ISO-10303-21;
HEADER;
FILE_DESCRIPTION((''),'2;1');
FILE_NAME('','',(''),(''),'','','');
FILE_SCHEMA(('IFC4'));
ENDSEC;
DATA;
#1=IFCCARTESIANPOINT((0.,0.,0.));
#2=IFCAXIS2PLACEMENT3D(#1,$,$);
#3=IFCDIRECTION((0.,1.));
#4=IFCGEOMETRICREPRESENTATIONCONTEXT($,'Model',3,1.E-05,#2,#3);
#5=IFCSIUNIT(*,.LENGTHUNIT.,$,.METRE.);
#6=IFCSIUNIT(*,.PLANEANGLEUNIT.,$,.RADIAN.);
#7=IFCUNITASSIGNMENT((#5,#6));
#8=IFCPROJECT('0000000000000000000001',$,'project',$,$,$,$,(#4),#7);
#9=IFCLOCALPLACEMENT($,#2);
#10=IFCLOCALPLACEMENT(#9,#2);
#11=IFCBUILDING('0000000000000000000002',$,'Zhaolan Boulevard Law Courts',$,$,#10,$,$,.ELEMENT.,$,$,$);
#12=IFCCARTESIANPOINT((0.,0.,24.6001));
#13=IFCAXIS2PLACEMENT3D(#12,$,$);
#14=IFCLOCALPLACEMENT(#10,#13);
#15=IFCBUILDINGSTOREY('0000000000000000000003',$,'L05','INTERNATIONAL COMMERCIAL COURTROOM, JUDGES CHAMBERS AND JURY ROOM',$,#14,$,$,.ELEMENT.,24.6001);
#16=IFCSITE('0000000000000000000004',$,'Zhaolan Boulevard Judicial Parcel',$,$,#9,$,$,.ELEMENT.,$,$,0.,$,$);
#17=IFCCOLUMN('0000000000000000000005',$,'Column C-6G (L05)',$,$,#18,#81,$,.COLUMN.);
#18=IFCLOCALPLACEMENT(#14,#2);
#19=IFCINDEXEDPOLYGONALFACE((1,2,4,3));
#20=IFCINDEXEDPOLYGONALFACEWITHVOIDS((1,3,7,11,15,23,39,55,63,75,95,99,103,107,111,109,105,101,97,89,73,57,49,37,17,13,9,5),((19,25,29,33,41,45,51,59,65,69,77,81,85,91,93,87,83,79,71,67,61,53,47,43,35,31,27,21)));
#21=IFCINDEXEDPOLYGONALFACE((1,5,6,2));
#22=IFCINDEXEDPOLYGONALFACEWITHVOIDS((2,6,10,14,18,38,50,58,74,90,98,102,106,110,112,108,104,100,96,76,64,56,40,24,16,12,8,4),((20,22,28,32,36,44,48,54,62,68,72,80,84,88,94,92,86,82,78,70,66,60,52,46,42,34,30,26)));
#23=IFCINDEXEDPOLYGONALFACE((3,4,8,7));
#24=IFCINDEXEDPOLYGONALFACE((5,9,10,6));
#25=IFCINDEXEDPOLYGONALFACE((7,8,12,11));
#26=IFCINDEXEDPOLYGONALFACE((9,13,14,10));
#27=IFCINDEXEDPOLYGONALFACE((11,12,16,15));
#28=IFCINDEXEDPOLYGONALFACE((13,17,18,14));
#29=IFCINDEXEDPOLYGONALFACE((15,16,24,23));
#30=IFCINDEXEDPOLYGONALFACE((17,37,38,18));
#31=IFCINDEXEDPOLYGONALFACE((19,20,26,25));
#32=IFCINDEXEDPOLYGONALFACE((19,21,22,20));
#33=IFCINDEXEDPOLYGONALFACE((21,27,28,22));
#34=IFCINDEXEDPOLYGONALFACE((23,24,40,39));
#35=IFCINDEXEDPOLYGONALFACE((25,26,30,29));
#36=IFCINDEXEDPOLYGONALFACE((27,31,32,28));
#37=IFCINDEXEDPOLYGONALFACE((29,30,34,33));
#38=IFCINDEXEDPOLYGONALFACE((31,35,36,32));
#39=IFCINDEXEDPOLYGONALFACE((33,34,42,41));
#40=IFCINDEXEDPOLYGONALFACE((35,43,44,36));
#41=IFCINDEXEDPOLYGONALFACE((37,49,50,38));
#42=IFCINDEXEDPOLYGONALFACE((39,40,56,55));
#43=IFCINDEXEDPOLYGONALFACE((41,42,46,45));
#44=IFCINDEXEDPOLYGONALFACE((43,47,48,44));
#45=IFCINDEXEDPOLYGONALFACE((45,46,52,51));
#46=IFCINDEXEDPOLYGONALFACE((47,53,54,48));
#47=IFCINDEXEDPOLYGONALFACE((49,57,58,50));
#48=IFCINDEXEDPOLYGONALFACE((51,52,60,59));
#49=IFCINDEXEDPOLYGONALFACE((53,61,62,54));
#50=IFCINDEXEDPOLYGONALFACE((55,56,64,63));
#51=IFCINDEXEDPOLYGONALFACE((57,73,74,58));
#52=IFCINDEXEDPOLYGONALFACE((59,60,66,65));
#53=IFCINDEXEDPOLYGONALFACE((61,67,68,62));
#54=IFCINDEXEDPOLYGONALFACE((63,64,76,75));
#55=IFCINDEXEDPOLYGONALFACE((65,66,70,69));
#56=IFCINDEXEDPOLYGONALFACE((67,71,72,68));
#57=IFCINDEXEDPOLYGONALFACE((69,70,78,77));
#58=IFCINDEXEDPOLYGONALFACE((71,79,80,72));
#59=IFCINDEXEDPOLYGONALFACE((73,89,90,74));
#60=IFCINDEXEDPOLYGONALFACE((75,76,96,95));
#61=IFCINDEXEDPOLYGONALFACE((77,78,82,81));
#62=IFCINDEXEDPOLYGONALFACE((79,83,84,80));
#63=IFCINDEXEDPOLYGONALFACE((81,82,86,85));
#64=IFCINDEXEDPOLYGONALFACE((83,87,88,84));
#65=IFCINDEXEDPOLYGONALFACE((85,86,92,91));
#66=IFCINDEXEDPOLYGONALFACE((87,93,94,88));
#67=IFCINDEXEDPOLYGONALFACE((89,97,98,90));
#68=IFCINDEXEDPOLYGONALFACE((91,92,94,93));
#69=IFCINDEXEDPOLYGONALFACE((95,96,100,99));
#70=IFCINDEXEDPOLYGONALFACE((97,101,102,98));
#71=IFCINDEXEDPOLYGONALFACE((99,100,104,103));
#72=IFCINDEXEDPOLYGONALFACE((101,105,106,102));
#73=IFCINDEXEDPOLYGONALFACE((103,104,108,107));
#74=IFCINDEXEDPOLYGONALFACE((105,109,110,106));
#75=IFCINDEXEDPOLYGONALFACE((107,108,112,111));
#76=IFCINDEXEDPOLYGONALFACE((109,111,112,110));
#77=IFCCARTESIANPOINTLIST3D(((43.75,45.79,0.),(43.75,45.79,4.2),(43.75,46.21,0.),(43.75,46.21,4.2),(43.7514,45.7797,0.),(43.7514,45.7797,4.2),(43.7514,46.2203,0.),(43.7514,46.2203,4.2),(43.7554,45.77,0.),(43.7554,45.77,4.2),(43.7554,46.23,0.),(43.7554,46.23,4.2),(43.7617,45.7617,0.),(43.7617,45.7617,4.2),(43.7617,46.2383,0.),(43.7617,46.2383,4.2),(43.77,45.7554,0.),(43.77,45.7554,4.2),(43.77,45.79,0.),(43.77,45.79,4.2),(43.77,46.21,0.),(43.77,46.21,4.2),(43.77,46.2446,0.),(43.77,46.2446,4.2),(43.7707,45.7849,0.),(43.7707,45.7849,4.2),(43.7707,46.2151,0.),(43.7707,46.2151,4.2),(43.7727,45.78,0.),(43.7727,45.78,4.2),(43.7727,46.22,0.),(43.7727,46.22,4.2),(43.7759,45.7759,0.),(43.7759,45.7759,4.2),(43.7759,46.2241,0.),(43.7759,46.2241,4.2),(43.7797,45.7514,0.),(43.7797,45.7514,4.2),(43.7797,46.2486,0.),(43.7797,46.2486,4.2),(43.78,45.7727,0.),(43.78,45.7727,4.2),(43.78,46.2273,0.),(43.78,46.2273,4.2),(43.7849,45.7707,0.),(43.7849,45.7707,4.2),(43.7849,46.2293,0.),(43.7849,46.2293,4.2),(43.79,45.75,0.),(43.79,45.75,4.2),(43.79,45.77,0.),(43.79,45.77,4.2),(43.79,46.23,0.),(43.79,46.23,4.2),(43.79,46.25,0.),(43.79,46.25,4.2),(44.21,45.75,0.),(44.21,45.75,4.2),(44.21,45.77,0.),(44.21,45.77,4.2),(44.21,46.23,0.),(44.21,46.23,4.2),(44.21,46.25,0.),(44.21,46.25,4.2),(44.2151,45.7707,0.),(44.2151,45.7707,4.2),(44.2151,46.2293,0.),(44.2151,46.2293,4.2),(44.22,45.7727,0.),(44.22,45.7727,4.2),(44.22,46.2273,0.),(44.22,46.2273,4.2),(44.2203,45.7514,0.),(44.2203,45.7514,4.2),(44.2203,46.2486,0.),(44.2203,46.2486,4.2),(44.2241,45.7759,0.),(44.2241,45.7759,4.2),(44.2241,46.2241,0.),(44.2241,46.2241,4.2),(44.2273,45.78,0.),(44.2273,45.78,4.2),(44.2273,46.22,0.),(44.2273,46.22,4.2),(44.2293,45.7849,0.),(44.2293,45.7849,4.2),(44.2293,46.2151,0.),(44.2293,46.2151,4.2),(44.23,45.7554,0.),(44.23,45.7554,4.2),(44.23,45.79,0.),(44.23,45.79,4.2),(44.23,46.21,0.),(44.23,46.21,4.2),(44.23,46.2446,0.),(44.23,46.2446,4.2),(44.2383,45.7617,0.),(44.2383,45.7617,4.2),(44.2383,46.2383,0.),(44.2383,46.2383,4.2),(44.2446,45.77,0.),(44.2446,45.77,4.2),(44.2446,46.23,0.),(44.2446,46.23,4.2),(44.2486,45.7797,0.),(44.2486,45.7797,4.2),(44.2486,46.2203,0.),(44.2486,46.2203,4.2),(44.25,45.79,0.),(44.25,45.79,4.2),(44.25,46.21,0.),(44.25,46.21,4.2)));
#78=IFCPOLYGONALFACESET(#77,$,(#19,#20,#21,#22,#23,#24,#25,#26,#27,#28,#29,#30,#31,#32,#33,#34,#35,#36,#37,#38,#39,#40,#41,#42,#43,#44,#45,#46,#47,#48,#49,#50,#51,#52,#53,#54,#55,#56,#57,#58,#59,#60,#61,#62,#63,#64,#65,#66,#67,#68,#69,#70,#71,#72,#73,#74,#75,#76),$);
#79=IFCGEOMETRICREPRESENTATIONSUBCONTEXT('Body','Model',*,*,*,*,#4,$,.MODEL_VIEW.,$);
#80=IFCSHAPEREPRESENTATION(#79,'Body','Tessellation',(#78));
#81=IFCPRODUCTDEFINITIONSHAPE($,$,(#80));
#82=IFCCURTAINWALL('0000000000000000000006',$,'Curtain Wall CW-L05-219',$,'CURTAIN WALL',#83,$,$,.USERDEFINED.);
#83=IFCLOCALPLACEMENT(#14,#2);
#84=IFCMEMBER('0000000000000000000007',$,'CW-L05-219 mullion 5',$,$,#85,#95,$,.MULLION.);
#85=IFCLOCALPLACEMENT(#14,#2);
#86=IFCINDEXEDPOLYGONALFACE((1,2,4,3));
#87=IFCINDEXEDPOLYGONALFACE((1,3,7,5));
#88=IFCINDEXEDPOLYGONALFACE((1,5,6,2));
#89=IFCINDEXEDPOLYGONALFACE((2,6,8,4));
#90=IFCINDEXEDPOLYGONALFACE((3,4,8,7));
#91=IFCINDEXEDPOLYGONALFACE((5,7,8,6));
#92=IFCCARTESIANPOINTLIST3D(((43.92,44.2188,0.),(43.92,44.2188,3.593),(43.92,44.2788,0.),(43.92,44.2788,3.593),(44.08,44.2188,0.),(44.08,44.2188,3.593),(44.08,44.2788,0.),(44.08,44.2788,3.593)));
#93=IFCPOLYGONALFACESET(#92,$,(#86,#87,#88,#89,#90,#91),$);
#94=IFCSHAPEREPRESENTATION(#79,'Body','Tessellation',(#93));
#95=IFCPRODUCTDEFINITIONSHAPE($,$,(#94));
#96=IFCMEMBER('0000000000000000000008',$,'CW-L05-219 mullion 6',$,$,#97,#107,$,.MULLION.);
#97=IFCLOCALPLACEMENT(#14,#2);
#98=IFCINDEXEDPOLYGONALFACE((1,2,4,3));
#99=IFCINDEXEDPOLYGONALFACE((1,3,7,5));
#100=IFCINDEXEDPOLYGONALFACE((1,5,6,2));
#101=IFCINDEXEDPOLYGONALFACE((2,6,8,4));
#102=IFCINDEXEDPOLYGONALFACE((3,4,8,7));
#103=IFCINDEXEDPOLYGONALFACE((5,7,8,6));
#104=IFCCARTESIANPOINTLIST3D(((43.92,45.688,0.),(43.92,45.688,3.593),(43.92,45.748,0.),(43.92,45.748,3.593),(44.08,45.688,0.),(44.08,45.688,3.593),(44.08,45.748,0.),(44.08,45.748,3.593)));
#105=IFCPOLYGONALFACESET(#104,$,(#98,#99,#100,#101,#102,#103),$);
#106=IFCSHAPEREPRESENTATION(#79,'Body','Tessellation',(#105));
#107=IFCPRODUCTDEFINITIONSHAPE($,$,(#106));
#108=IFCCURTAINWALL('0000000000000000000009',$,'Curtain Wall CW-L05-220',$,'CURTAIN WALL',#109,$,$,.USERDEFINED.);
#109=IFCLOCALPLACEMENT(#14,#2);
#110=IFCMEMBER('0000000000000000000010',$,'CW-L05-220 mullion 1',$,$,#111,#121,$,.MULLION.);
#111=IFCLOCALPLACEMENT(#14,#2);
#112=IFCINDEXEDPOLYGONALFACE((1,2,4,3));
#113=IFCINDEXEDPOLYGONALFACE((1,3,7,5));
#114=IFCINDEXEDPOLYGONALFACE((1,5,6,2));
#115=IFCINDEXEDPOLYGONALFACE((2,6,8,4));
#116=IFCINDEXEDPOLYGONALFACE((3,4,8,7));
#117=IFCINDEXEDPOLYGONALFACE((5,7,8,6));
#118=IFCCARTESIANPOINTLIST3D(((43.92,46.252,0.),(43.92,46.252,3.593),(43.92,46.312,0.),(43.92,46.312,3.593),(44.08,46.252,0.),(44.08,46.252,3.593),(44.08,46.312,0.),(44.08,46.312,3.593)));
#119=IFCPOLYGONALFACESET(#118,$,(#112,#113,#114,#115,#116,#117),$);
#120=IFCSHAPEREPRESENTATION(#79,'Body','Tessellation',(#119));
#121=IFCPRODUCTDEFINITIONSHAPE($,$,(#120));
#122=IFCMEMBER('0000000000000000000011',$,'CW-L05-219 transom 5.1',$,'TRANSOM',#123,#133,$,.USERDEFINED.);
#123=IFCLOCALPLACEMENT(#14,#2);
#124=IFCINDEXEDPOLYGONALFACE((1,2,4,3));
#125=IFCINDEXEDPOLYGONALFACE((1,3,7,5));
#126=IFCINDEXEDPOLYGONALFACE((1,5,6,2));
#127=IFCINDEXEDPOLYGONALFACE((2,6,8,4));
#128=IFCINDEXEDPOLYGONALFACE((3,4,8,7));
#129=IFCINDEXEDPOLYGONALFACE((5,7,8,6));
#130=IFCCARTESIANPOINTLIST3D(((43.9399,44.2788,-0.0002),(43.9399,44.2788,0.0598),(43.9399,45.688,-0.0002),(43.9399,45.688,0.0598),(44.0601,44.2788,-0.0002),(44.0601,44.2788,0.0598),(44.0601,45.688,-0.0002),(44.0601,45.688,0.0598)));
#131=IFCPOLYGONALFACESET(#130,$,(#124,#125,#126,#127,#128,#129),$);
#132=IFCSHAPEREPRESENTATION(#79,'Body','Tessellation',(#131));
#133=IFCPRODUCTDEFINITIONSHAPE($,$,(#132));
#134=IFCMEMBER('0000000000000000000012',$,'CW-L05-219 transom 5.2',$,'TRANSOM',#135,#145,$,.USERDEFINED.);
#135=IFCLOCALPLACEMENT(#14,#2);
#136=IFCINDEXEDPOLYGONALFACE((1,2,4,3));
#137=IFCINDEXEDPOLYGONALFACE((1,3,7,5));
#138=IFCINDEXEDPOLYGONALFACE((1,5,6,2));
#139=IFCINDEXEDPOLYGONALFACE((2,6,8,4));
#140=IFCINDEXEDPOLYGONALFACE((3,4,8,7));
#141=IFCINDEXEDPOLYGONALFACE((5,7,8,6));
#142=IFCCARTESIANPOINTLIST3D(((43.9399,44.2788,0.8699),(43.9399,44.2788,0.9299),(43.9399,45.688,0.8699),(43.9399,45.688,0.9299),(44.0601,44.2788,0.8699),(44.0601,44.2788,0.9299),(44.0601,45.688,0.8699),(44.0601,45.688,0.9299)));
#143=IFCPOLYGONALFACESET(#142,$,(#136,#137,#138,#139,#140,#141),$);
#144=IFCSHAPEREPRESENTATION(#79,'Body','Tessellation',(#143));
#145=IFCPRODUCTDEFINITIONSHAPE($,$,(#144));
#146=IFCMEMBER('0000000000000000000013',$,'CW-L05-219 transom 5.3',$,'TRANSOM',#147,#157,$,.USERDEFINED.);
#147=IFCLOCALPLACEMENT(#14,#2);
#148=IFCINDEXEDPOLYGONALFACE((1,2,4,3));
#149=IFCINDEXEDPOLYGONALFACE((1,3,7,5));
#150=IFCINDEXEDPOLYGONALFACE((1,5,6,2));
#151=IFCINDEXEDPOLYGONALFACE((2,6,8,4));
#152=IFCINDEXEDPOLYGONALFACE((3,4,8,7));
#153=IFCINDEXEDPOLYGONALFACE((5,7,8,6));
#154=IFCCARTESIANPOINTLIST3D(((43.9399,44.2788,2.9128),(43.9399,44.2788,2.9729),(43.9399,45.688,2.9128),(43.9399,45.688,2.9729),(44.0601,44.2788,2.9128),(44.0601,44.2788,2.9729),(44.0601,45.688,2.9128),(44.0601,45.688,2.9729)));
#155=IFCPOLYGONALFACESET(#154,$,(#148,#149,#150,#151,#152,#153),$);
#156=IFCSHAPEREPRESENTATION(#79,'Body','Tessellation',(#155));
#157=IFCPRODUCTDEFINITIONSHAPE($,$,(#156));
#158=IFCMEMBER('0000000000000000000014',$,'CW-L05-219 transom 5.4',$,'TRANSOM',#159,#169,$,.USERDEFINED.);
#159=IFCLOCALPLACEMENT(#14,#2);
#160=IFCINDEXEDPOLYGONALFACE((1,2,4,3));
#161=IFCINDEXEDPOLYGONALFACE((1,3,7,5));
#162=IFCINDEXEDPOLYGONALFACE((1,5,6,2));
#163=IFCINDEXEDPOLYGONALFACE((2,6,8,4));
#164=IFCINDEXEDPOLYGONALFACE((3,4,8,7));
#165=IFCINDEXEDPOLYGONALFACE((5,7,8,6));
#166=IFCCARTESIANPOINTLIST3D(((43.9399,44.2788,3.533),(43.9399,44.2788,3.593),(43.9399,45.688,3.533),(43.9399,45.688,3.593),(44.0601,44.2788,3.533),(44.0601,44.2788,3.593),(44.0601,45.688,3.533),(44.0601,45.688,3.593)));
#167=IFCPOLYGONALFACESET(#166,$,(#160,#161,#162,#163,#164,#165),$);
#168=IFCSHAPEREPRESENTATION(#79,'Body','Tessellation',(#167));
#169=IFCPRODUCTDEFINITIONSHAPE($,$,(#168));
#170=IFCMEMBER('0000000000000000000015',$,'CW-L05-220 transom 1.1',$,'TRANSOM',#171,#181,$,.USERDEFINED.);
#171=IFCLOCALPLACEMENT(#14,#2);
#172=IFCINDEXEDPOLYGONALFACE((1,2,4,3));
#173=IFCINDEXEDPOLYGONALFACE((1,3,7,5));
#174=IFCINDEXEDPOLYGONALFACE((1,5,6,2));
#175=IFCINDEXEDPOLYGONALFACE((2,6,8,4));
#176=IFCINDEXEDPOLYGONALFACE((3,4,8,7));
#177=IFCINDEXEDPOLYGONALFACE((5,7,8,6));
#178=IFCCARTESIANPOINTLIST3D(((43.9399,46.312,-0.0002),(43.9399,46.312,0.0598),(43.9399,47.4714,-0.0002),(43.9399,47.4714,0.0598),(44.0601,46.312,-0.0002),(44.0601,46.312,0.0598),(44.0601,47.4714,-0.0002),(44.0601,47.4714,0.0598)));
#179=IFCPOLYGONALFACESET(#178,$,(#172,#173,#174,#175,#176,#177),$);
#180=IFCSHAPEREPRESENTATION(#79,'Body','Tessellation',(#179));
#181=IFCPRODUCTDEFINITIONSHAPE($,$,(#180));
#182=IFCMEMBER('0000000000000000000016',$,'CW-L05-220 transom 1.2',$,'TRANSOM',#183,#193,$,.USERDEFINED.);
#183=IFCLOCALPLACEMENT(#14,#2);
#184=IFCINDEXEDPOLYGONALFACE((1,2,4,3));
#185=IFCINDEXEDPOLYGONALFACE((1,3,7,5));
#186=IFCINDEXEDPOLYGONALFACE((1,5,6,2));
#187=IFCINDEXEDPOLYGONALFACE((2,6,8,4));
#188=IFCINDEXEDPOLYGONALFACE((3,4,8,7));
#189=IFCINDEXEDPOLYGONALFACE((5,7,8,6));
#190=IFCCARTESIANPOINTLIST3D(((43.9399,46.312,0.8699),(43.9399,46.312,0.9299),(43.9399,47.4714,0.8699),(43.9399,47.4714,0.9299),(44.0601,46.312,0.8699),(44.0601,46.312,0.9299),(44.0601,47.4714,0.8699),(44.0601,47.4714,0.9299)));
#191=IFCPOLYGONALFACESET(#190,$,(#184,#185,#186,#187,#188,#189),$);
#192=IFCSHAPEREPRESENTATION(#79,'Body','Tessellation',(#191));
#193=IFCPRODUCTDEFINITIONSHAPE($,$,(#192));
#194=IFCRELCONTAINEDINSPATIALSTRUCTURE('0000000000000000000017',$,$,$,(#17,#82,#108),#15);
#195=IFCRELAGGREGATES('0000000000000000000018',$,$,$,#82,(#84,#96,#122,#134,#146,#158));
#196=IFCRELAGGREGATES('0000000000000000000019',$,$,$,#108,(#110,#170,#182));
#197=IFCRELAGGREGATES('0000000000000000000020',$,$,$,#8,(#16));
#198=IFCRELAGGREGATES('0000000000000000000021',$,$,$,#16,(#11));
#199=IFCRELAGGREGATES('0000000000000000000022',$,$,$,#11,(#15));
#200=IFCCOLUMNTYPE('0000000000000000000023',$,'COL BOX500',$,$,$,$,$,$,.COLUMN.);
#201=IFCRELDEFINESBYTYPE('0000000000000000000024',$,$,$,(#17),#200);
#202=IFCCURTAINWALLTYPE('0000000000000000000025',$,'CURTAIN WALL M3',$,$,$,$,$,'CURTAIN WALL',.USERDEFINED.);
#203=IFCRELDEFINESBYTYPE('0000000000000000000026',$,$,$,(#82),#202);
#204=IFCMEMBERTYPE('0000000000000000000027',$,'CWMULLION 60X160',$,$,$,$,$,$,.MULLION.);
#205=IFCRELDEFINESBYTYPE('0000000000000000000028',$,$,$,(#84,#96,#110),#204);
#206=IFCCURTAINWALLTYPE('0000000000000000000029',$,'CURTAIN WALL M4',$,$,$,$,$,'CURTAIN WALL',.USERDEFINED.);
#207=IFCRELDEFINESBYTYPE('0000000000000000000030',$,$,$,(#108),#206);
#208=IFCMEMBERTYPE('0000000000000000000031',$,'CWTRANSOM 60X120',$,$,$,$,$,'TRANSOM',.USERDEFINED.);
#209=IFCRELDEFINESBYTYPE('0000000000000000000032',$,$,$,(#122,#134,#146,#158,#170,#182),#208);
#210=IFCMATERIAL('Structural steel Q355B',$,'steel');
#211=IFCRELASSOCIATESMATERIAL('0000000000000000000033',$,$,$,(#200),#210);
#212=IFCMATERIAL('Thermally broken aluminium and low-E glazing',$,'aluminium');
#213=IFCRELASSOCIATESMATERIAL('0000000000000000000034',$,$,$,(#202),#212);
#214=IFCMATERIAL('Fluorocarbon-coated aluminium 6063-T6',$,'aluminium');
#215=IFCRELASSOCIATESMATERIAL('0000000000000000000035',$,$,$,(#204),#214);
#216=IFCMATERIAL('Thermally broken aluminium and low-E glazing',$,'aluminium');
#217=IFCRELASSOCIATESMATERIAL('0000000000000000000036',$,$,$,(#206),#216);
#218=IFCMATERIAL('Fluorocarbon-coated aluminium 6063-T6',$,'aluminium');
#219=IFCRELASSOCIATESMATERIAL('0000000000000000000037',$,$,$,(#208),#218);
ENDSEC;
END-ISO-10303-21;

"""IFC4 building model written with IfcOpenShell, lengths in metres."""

from ifc_helpers import new_model, si_unit, direction, frame, origin, origin_2d, place, context, subcontext, project, spatial, rectangle, hollow_rectangle, extrude, material, material_profile, profile_set, type_object, element, aggregate, save


model = new_model("IFC4")

# Units and contexts
model_context = context("Model", 3, precision=1e-05, world=origin(), true_north=direction((0.0, 1.0)))
body_context = subcontext(model_context, "Body", "Model", "MODEL_VIEW")
ifc_project = project(units=[si_unit("LENGTHUNIT", "METRE"), si_unit("PLANEANGLEUNIT", "RADIAN")], contexts=[model_context])

# Site, building, storey
site_placement = place(None, origin())
site = spatial("IfcSite", under=ifc_project, at=site_placement, Name="Zhaolan Boulevard Judicial Parcel", CompositionType="ELEMENT", RefElevation=0.0)
building_placement = place(site_placement, origin())
building = spatial("IfcBuilding", under=site, at=building_placement, Name="Zhaolan Boulevard Law Courts", CompositionType="ELEMENT")
storey_placement = place(building_placement, frame((0.0, 0.0, 24.6001)))
storey = spatial("IfcBuildingStorey", under=building, at=storey_placement, Name="L05", Description="INTERNATIONAL COMMERCIAL COURTROOM, JUDGES CHAMBERS AND JURY ROOM", CompositionType="ELEMENT", Elevation=24.6001)

# Column
ifc_material_1 = material(Name="Structural steel Q355B", Category="steel")
ifc_material_profile_1 = material_profile(ifc_material_1, hollow_rectangle(XDim=0.5, YDim=0.5, WallThickness=0.02, InnerFilletRadius=0.02, OuterFilletRadius=0.04, at=origin_2d()), Name="BOX500x500x20")
ifc_profile_set_1 = profile_set([ifc_material_profile_1], Name="Structural steel Q355B")
column_type = type_object("IfcColumnType", Name="COL BOX500", PredefinedType="COLUMN", material=ifc_profile_set_1)
column_placement = place(storey_placement, frame((44.0, 46.0, 0.0), z_axis=(0.0, 0.0, 1.0), x_axis=(1.0, 0.0, 0.0)))
element("IfcColumn", 1, at=column_placement, inside=storey, type_object=column_type, Name="Column C-6G (L05)", PredefinedType="COLUMN", context=body_context, shape_type="SweptSolid", body=[
    extrude(hollow_rectangle(XDim=0.5, YDim=0.5, WallThickness=0.02, InnerFilletRadius=0.02, OuterFilletRadius=0.04, at=origin_2d()), origin(), (0.0, 0.0, 1.0), 4.2),
])

# Curtain wall, members
ifc_material_2 = material(Name="Thermally broken aluminium and low-E glazing", Category="aluminium")
curtain_wall_type_1 = type_object("IfcCurtainWallType", Name="CURTAIN WALL M3", ElementType="CURTAIN WALL", PredefinedType="USERDEFINED", material=ifc_material_2)
curtain_wall_1_placement = place(storey_placement, origin())
curtain_wall_1 = element("IfcCurtainWall", 2, at=curtain_wall_1_placement, inside=storey, type_object=curtain_wall_type_1, Name="Curtain Wall CW-L05-219", ObjectType="CURTAIN WALL", PredefinedType="USERDEFINED")
ifc_material_3 = material(Name="Fluorocarbon-coated aluminium 6063-T6", Category="aluminium")
ifc_material_profile_2 = material_profile(ifc_material_3, rectangle(XDim=0.1599, YDim=0.0601, at=origin_2d()), Name="AL60x160")
ifc_profile_set_2 = profile_set([ifc_material_profile_2], Name="Fluorocarbon-coated aluminium 6063-T6")
member_type_1 = type_object("IfcMemberType", Name="CWMULLION 60X160", PredefinedType="MULLION", material=ifc_profile_set_2)
member_1_placement = place(storey_placement, frame((44.0, 44.2488, 0.0), z_axis=(0.0, 0.0, 1.0), x_axis=(-1.0, 0.0, 0.0)))
member_1 = element("IfcMember", 3, at=member_1_placement, type_object=member_type_1, Name="CW-L05-219 mullion 5", PredefinedType="MULLION", context=body_context, shape_type="SweptSolid", body=[
    extrude(rectangle(XDim=0.1599, YDim=0.0601, at=origin_2d()), origin(), (0.0, 0.0, 1.0), 3.593),
])
member_2_placement = place(storey_placement, frame((44.0, 45.718, 0.0), z_axis=(0.0, 0.0, 1.0), x_axis=(-1.0, 0.0, 0.0)))
member_2 = element("IfcMember", 4, at=member_2_placement, type_object=member_type_1, Name="CW-L05-219 mullion 6", PredefinedType="MULLION", context=body_context, shape_type="SweptSolid", body=[
    extrude(rectangle(XDim=0.1599, YDim=0.0601, at=origin_2d()), origin(), (0.0, 0.0, 1.0), 3.593),
])

# Curtain wall, member
ifc_material_4 = material(Name="Thermally broken aluminium and low-E glazing", Category="aluminium")
curtain_wall_type_2 = type_object("IfcCurtainWallType", Name="CURTAIN WALL M4", ElementType="CURTAIN WALL", PredefinedType="USERDEFINED", material=ifc_material_4)
curtain_wall_2_placement = place(storey_placement, origin())
curtain_wall_2 = element("IfcCurtainWall", 5, at=curtain_wall_2_placement, inside=storey, type_object=curtain_wall_type_2, Name="Curtain Wall CW-L05-220", ObjectType="CURTAIN WALL", PredefinedType="USERDEFINED")
member_3_placement = place(storey_placement, frame((44.0, 46.282, 0.0), z_axis=(0.0, 0.0, 1.0), x_axis=(-1.0, 0.0, 0.0)))
member_3 = element("IfcMember", 6, at=member_3_placement, type_object=member_type_1, Name="CW-L05-220 mullion 1", PredefinedType="MULLION", context=body_context, shape_type="SweptSolid", body=[
    extrude(rectangle(XDim=0.1599, YDim=0.0601, at=origin_2d()), origin(), (0.0, 0.0, 1.0), 3.593),
])

# Members
ifc_material_5 = material(Name="Fluorocarbon-coated aluminium 6063-T6", Category="aluminium")
ifc_material_profile_3 = material_profile(ifc_material_5, rectangle(XDim=0.1201, YDim=0.0601, at=origin_2d()), Name="AL60x120")
ifc_profile_set_3 = profile_set([ifc_material_profile_3], Name="Fluorocarbon-coated aluminium 6063-T6")
member_type_2 = type_object("IfcMemberType", Name="CWTRANSOM 60X120", ElementType="TRANSOM", PredefinedType="USERDEFINED", material=ifc_profile_set_3)
member_4_placement = place(storey_placement, frame((44.0, 44.2788, 0.0298), z_axis=(0.0, 1.0, 0.0), x_axis=(-1.0, 0.0, 0.0)))
member_4 = element("IfcMember", 7, at=member_4_placement, type_object=member_type_2, Name="CW-L05-219 transom 5.1", ObjectType="TRANSOM", PredefinedType="USERDEFINED", context=body_context, shape_type="SweptSolid", body=[
    extrude(rectangle(XDim=0.1201, YDim=0.0601, at=origin_2d()), origin(), (0.0, 0.0, 1.0), 1.4092),
])
member_5_placement = place(storey_placement, frame((44.0, 44.2788, 0.8999), z_axis=(0.0, 1.0, 0.0), x_axis=(-1.0, 0.0, 0.0)))
member_5 = element("IfcMember", 8, at=member_5_placement, type_object=member_type_2, Name="CW-L05-219 transom 5.2", ObjectType="TRANSOM", PredefinedType="USERDEFINED", context=body_context, shape_type="SweptSolid", body=[
    extrude(rectangle(XDim=0.1201, YDim=0.0601, at=origin_2d()), origin(), (0.0, 0.0, 1.0), 1.4092),
])
member_6_placement = place(storey_placement, frame((44.0, 44.2788, 2.9429), z_axis=(0.0, 1.0, 0.0), x_axis=(-1.0, 0.0, 0.0)))
member_6 = element("IfcMember", 9, at=member_6_placement, type_object=member_type_2, Name="CW-L05-219 transom 5.3", ObjectType="TRANSOM", PredefinedType="USERDEFINED", context=body_context, shape_type="SweptSolid", body=[
    extrude(rectangle(XDim=0.1201, YDim=0.0601, at=origin_2d()), origin(), (0.0, 0.0, 1.0), 1.4092),
])
member_7_placement = place(storey_placement, frame((44.0, 44.2788, 3.563), z_axis=(0.0, 1.0, 0.0), x_axis=(-1.0, 0.0, 0.0)))
member_7 = element("IfcMember", 10, at=member_7_placement, type_object=member_type_2, Name="CW-L05-219 transom 5.4", ObjectType="TRANSOM", PredefinedType="USERDEFINED", context=body_context, shape_type="SweptSolid", body=[
    extrude(rectangle(XDim=0.1201, YDim=0.0601, at=origin_2d()), origin(), (0.0, 0.0, 1.0), 1.4092),
])
member_8_placement = place(storey_placement, frame((44.0, 46.312, 0.0298), z_axis=(0.0, 1.0, 0.0), x_axis=(-1.0, 0.0, 0.0)))
member_8 = element("IfcMember", 11, at=member_8_placement, type_object=member_type_2, Name="CW-L05-220 transom 1.1", ObjectType="TRANSOM", PredefinedType="USERDEFINED", context=body_context, shape_type="SweptSolid", body=[
    extrude(rectangle(XDim=0.1201, YDim=0.0601, at=origin_2d()), origin(), (0.0, 0.0, 1.0), 1.1594),
])
member_9_placement = place(storey_placement, frame((44.0, 46.312, 0.8999), z_axis=(0.0, 1.0, 0.0), x_axis=(-1.0, 0.0, 0.0)))
member_9 = element("IfcMember", 12, at=member_9_placement, type_object=member_type_2, Name="CW-L05-220 transom 1.2", ObjectType="TRANSOM", PredefinedType="USERDEFINED", context=body_context, shape_type="SweptSolid", body=[
    extrude(rectangle(XDim=0.1201, YDim=0.0601, at=origin_2d()), origin(), (0.0, 0.0, 1.0), 1.1594),
])

aggregate(curtain_wall_1, [member_1, member_2, member_4, member_5, member_6, member_7])
aggregate(curtain_wall_2, [member_3, member_8, member_9])

save(model, "model.ifc")
